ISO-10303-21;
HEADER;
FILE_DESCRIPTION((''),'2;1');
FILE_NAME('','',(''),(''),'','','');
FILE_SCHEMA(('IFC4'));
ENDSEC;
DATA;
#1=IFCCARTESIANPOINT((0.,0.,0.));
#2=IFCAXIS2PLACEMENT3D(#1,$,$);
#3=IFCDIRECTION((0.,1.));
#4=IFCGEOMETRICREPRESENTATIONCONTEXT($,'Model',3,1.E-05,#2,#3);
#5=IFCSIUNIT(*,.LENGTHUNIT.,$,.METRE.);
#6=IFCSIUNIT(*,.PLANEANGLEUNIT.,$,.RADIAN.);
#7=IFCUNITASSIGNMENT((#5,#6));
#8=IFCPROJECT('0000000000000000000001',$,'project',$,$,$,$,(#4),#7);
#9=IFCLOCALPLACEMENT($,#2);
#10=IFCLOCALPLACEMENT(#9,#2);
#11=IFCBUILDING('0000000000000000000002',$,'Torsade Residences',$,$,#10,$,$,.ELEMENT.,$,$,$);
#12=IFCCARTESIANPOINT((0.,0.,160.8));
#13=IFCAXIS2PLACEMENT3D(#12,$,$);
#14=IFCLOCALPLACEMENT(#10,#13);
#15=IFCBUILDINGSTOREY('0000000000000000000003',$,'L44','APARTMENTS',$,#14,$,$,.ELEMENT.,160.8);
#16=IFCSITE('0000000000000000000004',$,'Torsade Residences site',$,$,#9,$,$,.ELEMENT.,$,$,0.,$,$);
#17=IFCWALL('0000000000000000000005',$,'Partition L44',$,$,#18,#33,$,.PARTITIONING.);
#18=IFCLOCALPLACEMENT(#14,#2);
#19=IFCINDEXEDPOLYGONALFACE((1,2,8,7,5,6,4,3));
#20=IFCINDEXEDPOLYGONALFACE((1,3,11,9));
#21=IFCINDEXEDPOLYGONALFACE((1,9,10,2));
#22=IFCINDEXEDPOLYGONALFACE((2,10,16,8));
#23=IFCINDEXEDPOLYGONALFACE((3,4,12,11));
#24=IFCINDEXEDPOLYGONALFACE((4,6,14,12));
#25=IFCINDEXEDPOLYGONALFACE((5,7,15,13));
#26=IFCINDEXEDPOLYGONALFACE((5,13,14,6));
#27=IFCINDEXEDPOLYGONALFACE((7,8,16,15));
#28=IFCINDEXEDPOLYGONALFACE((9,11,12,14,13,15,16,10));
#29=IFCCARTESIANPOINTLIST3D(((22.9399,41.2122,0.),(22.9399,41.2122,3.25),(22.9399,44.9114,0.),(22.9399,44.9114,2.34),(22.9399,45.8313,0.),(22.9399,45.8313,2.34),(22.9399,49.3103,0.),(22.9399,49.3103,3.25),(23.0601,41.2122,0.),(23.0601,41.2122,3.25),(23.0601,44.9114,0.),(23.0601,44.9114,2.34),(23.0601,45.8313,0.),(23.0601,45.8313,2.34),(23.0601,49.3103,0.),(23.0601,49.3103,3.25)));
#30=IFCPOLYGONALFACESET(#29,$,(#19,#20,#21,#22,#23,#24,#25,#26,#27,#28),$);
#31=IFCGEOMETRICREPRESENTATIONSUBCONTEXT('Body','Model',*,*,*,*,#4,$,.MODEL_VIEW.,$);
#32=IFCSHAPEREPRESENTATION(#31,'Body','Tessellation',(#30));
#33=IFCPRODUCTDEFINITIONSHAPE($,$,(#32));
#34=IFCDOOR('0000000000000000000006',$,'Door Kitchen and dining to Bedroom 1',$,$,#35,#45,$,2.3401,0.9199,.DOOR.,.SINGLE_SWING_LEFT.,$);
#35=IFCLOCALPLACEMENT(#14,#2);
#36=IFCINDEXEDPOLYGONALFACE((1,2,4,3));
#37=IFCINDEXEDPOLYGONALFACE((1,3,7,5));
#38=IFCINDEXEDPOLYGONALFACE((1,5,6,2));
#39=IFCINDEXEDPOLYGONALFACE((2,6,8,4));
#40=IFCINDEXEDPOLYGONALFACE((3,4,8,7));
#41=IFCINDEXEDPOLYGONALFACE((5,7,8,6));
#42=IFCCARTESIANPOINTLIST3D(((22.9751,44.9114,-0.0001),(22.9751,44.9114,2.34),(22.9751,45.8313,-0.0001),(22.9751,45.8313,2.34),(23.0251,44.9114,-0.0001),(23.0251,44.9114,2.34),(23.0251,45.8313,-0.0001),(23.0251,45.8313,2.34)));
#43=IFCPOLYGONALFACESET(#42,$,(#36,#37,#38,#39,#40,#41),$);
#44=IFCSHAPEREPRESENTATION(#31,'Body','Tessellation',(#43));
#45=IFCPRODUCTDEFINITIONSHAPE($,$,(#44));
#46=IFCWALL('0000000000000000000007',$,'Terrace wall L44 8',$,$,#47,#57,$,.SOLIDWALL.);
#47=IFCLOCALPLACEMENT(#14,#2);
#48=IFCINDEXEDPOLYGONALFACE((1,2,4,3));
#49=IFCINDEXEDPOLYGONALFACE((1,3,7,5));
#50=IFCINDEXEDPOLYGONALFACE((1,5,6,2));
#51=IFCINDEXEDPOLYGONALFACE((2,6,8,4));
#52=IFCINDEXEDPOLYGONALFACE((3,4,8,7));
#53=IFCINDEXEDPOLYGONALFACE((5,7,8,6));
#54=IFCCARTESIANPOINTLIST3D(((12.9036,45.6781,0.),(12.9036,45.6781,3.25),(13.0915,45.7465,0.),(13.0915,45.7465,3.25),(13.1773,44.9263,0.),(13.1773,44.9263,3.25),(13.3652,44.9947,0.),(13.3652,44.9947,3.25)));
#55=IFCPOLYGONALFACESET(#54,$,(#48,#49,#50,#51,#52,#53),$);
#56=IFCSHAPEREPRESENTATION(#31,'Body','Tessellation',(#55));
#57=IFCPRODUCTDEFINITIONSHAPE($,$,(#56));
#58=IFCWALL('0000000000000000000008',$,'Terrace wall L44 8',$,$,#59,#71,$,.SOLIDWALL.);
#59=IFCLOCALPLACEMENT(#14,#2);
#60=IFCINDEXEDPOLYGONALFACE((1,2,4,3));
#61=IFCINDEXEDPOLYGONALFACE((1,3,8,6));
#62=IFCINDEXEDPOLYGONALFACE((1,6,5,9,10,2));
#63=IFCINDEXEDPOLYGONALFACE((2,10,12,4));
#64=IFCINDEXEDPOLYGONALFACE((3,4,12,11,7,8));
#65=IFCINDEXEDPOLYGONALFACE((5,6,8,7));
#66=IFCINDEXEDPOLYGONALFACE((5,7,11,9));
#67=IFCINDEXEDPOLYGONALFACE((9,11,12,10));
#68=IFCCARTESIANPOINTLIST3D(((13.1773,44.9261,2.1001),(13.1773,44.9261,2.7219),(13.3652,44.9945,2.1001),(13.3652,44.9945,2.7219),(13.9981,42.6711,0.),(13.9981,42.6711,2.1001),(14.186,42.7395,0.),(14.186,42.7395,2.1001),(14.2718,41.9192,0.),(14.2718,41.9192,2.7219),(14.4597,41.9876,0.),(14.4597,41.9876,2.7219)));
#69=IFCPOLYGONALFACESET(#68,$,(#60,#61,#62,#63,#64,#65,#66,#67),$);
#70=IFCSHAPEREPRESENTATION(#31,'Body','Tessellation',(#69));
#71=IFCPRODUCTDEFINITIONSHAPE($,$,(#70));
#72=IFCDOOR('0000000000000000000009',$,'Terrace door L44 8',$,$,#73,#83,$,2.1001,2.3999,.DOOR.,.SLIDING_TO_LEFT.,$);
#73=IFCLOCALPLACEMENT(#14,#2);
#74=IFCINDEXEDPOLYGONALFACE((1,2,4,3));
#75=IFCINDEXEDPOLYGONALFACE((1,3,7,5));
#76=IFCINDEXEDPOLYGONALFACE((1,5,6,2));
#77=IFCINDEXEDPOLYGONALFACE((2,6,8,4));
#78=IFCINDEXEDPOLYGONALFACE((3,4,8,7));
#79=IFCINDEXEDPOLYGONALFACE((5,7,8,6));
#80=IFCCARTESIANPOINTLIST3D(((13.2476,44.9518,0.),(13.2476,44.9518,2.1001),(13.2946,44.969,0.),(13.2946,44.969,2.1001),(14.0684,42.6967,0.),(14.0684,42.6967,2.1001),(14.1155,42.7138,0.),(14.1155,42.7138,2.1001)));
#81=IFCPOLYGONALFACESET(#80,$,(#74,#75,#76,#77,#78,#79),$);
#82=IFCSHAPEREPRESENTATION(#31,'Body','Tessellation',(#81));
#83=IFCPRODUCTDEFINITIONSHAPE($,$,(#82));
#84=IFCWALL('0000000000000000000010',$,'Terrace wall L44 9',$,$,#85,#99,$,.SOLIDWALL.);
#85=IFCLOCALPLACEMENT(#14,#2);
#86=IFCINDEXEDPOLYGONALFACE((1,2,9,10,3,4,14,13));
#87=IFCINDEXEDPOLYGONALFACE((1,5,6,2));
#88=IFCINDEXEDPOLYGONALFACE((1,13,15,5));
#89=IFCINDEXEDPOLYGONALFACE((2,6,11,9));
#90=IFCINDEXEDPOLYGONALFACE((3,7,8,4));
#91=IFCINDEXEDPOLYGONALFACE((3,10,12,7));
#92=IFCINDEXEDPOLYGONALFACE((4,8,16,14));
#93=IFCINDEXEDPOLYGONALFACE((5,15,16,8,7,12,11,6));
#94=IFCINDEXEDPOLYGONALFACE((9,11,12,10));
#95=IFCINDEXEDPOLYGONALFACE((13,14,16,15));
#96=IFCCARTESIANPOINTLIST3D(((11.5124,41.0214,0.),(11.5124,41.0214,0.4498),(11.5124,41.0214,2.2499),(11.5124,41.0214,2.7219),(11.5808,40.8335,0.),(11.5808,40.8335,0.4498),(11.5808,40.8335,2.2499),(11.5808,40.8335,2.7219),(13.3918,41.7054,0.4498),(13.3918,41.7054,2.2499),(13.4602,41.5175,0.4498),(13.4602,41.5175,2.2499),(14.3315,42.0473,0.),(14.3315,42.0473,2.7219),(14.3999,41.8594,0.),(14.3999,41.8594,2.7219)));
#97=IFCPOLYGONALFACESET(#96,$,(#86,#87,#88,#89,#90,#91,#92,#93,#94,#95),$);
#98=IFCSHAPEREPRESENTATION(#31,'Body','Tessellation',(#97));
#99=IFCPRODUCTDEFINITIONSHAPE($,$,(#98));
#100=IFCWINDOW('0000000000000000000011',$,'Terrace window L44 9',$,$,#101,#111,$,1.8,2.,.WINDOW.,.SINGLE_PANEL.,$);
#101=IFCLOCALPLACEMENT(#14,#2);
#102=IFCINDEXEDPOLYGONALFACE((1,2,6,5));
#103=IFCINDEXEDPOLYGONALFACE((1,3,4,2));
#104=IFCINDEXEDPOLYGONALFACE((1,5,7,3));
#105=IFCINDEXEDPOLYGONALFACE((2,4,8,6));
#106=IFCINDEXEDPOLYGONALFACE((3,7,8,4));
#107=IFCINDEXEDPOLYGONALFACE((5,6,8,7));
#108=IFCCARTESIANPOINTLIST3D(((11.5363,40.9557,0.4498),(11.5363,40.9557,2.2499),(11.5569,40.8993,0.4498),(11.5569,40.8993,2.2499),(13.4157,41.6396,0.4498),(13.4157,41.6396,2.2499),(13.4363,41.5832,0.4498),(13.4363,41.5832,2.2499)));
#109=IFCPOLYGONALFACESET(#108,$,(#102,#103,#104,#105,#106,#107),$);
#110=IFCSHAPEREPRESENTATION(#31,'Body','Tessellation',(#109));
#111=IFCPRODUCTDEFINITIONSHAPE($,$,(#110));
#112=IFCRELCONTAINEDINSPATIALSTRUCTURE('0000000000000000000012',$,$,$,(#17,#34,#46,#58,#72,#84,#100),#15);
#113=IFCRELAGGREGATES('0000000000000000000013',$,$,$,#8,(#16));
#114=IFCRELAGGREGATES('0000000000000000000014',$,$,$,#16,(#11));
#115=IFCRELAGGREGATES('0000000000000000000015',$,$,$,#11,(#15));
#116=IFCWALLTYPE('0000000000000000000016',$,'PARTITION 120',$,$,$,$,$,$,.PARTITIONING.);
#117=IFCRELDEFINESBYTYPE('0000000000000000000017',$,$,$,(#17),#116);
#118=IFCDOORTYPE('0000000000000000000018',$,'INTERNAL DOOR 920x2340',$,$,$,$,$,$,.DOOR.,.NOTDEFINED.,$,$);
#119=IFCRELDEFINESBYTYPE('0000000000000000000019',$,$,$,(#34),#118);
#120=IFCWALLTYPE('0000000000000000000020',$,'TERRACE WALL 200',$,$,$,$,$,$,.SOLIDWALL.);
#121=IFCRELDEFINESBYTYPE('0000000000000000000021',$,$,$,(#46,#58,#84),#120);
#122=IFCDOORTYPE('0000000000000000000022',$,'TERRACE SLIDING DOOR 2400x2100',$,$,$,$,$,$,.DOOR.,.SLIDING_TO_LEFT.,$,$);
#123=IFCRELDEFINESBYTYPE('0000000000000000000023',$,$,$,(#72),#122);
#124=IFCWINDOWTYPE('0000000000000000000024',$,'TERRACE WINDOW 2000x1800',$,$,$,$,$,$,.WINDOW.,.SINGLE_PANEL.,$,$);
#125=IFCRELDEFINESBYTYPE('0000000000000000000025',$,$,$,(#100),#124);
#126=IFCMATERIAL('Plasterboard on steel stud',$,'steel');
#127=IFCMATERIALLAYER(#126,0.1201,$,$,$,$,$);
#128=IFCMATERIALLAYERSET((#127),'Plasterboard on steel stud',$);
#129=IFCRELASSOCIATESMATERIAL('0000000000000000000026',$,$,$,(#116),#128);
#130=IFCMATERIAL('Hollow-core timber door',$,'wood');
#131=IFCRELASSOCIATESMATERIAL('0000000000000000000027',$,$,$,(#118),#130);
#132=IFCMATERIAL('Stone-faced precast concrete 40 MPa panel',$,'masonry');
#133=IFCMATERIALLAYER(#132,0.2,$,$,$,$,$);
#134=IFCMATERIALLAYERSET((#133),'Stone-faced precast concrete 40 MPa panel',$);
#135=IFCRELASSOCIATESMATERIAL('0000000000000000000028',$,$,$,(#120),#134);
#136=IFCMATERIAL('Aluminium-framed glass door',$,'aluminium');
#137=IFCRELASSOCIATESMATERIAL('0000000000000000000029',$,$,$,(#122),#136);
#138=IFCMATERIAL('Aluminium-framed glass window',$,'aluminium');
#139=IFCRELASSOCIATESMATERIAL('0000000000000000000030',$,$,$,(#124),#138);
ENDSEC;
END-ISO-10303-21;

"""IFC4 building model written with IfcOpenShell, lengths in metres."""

from ifc_helpers import new_model, si_unit, direction, frame, frame_2d, origin, place, context, subcontext, project, spatial, rectangle, extrude, material, layer, layer_set, type_object, element, fill, save


model = new_model("IFC4")

# Units and contexts
model_context = context("Model", 3, precision=1e-05, world=origin(), true_north=direction((0.0, 1.0)))
body_context = subcontext(model_context, "Body", "Model", "MODEL_VIEW")
ifc_project = project(units=[si_unit("LENGTHUNIT", "METRE"), si_unit("PLANEANGLEUNIT", "RADIAN")], contexts=[model_context])

# Site, building, storey
site_placement = place(None, origin())
site = spatial("IfcSite", under=ifc_project, at=site_placement, Name="Torsade Residences site", CompositionType="ELEMENT", RefElevation=0.0)
building_placement = place(site_placement, origin())
building = spatial("IfcBuilding", under=site, at=building_placement, Name="Torsade Residences", CompositionType="ELEMENT")
storey_placement = place(building_placement, frame((0.0, 0.0, 160.8)))
storey = spatial("IfcBuildingStorey", under=building, at=storey_placement, Name="L44", Description="APARTMENTS", CompositionType="ELEMENT", Elevation=160.8)

# Shared definitions
ifc_material_1 = material(Name="Plasterboard on steel stud", Category="steel")
ifc_layer_1 = layer(ifc_material_1, 0.1201)
ifc_layer_set_1 = layer_set([ifc_layer_1], Name="Plasterboard on steel stud")
wall_type_1 = type_object("IfcWallType", Name="PARTITION 120", PredefinedType="PARTITIONING", material=ifc_layer_set_1)

# Wall, opening, door
ifc_material_2 = material(Name="Hollow-core timber door", Category="wood")
door_type_1 = type_object("IfcDoorType", Name="INTERNAL DOOR 920x2340", OperationType="NOTDEFINED", PredefinedType="DOOR", material=ifc_material_2)
wall_1_placement = place(storey_placement, frame((23.0, 41.2122, 0.0), z_axis=(0.0, 0.0, 1.0), x_axis=(0.0, 1.0, 0.0)))
wall_1 = element("IfcWall", 1, at=wall_1_placement, inside=storey, type_object=wall_type_1, Name="Partition L44", PredefinedType="PARTITIONING", context=body_context, shape_type="SweptSolid", body=[
    extrude(rectangle(XDim=8.0981, YDim=0.1201, at=frame_2d((4.0491, 0.0))), origin(), (0.0, 0.0, 1.0), 3.25),
])
opening_1_placement = place(wall_1_placement, frame((3.6992, 0.0, 0.0)))
opening_1 = element("IfcOpeningElement", 2, at=opening_1_placement, cuts=wall_1, PredefinedType="OPENING", context=body_context, shape_type="SweptSolid", body=[
    extrude(rectangle(XDim=0.9199, YDim=2.3401, at=frame_2d((0.46, 1.1699))), frame((0.0, 0.0701, 0.0), z_axis=(0.0, -1.0, 0.0), x_axis=(1.0, 0.0, 0.0)), (0.0, 0.0, 1.0), 0.1401),
])
door_1_placement = place(opening_1_placement, origin())
door_1 = element("IfcDoor", 3, at=door_1_placement, inside=storey, type_object=door_type_1, Name="Door Kitchen and dining to Bedroom 1", OperationType="SINGLE_SWING_LEFT", OverallHeight=2.3401, OverallWidth=0.9199, PredefinedType="DOOR", context=body_context, shape_type="SweptSolid", body=[
    extrude(rectangle(XDim=0.9199, YDim=2.3401, at=frame_2d((0.46, 1.1699))), frame((0.0, 0.0249, 0.0), z_axis=(0.0, -1.0, 0.0), x_axis=(1.0, 0.0, 0.0)), (0.0, 0.0, 1.0), 0.05),
])
fill(opening_1, door_1)

# Wall
ifc_material_3 = material(Name="Stone-faced precast concrete 40 MPa panel", Category="masonry")
ifc_layer_2 = layer(ifc_material_3, 0.2)
ifc_layer_set_2 = layer_set([ifc_layer_2], Name="Stone-faced precast concrete 40 MPa panel")
wall_type_2 = type_object("IfcWallType", Name="TERRACE WALL 200", PredefinedType="SOLIDWALL", material=ifc_layer_set_2)
wall_2_placement = place(storey_placement, frame((12.9976, 45.7122, 0.0), z_axis=(0.0, 0.0, 1.0), x_axis=(0.342111, -0.93966, 0.0)))
element("IfcWall", 4, at=wall_2_placement, inside=storey, type_object=wall_type_2, Name="Terrace wall L44 8", PredefinedType="SOLIDWALL", context=body_context, shape_type="SweptSolid", body=[
    extrude(rectangle(XDim=0.8, YDim=0.2, at=frame_2d((0.3999, 0.0))), origin(), (0.0, 0.0, 1.0), 3.25),
])

# Wall, opening, door
wall_3_placement = place(storey_placement, frame((13.2712, 44.9604, 0.0), z_axis=(0.0, 0.0, 1.0), x_axis=(0.342019, -0.939693, 0.0)))
wall_3 = element("IfcWall", 5, at=wall_3_placement, inside=storey, type_object=wall_type_2, Name="Terrace wall L44 8", PredefinedType="SOLIDWALL", context=body_context, shape_type="SweptSolid", body=[
    extrude(rectangle(XDim=3.2, YDim=0.2, at=frame_2d((1.6001, 0.0))), origin(), (0.0, 0.0, 1.0), 2.7219),
])
opening_2_placement = place(wall_3_placement, origin())
opening_2 = element("IfcOpeningElement", 6, at=opening_2_placement, cuts=wall_3, PredefinedType="OPENING", context=body_context, shape_type="SweptSolid", body=[
    extrude(rectangle(XDim=2.3999, YDim=2.1001, at=frame_2d((1.2, 1.05))), frame((0.0, 0.1099, 0.0), z_axis=(0.0, -1.0, 0.0), x_axis=(1.0, 0.0, 0.0)), (0.0, 0.0, 1.0), 0.22),
])
ifc_material_4 = material(Name="Aluminium-framed glass door", Category="aluminium")
door_type_2 = type_object("IfcDoorType", Name="TERRACE SLIDING DOOR 2400x2100", OperationType="SLIDING_TO_LEFT", PredefinedType="DOOR", material=ifc_material_4)
door_2_placement = place(opening_2_placement, origin())
door_2 = element("IfcDoor", 7, at=door_2_placement, inside=storey, type_object=door_type_2, Name="Terrace door L44 8", OperationType="SLIDING_TO_LEFT", OverallHeight=2.1001, OverallWidth=2.3999, PredefinedType="DOOR", context=body_context, shape_type="SweptSolid", body=[
    extrude(rectangle(XDim=2.3999, YDim=2.1001, at=frame_2d((1.2, 1.05))), frame((0.0, 0.0249, 0.0), z_axis=(0.0, -1.0, 0.0), x_axis=(1.0, 0.0, 0.0)), (0.0, 0.0, 1.0), 0.05),
])
fill(opening_2, door_2)

# Wall, opening, window
wall_4_placement = place(storey_placement, frame((14.3657, 41.9534, 0.0), z_axis=(0.0, 0.0, 1.0), x_axis=(-0.939713, -0.341965, 0.0)))
wall_4 = element("IfcWall", 8, at=wall_4_placement, inside=storey, type_object=wall_type_2, Name="Terrace wall L44 9", PredefinedType="SOLIDWALL", context=body_context, shape_type="SweptSolid", body=[
    extrude(rectangle(XDim=3.0, YDim=0.2, at=frame_2d((1.5, 0.0))), origin(), (0.0, 0.0, 1.0), 2.7219),
])
opening_3_placement = place(wall_4_placement, frame((1.0, 0.0, 0.45)))
opening_3 = element("IfcOpeningElement", 9, at=opening_3_placement, cuts=wall_4, PredefinedType="OPENING", context=body_context, shape_type="SweptSolid", body=[
    extrude(rectangle(XDim=2.0, YDim=1.8, at=frame_2d((1.0, 0.8999))), frame((0.0, 0.1099, 0.0), z_axis=(0.0, -1.0, 0.0), x_axis=(1.0, 0.0, 0.0)), (0.0, 0.0, 1.0), 0.22),
])
ifc_material_5 = material(Name="Aluminium-framed glass window", Category="aluminium")
window_type = type_object("IfcWindowType", Name="TERRACE WINDOW 2000x1800", PartitioningType="SINGLE_PANEL", PredefinedType="WINDOW", material=ifc_material_5)
window_placement = place(opening_3_placement, origin())
window = element("IfcWindow", 10, at=window_placement, inside=storey, type_object=window_type, Name="Terrace window L44 9", OverallHeight=1.8, OverallWidth=2.0, PartitioningType="SINGLE_PANEL", PredefinedType="WINDOW", context=body_context, shape_type="SweptSolid", body=[
    extrude(rectangle(XDim=2.0, YDim=1.8, at=frame_2d((1.0, 0.8999))), frame((0.0, 0.03, 0.0), z_axis=(0.0, -1.0, 0.0), x_axis=(1.0, 0.0, 0.0)), (0.0, 0.0, 1.0), 0.0601),
])
fill(opening_3, window)

save(model, "model.ifc")
